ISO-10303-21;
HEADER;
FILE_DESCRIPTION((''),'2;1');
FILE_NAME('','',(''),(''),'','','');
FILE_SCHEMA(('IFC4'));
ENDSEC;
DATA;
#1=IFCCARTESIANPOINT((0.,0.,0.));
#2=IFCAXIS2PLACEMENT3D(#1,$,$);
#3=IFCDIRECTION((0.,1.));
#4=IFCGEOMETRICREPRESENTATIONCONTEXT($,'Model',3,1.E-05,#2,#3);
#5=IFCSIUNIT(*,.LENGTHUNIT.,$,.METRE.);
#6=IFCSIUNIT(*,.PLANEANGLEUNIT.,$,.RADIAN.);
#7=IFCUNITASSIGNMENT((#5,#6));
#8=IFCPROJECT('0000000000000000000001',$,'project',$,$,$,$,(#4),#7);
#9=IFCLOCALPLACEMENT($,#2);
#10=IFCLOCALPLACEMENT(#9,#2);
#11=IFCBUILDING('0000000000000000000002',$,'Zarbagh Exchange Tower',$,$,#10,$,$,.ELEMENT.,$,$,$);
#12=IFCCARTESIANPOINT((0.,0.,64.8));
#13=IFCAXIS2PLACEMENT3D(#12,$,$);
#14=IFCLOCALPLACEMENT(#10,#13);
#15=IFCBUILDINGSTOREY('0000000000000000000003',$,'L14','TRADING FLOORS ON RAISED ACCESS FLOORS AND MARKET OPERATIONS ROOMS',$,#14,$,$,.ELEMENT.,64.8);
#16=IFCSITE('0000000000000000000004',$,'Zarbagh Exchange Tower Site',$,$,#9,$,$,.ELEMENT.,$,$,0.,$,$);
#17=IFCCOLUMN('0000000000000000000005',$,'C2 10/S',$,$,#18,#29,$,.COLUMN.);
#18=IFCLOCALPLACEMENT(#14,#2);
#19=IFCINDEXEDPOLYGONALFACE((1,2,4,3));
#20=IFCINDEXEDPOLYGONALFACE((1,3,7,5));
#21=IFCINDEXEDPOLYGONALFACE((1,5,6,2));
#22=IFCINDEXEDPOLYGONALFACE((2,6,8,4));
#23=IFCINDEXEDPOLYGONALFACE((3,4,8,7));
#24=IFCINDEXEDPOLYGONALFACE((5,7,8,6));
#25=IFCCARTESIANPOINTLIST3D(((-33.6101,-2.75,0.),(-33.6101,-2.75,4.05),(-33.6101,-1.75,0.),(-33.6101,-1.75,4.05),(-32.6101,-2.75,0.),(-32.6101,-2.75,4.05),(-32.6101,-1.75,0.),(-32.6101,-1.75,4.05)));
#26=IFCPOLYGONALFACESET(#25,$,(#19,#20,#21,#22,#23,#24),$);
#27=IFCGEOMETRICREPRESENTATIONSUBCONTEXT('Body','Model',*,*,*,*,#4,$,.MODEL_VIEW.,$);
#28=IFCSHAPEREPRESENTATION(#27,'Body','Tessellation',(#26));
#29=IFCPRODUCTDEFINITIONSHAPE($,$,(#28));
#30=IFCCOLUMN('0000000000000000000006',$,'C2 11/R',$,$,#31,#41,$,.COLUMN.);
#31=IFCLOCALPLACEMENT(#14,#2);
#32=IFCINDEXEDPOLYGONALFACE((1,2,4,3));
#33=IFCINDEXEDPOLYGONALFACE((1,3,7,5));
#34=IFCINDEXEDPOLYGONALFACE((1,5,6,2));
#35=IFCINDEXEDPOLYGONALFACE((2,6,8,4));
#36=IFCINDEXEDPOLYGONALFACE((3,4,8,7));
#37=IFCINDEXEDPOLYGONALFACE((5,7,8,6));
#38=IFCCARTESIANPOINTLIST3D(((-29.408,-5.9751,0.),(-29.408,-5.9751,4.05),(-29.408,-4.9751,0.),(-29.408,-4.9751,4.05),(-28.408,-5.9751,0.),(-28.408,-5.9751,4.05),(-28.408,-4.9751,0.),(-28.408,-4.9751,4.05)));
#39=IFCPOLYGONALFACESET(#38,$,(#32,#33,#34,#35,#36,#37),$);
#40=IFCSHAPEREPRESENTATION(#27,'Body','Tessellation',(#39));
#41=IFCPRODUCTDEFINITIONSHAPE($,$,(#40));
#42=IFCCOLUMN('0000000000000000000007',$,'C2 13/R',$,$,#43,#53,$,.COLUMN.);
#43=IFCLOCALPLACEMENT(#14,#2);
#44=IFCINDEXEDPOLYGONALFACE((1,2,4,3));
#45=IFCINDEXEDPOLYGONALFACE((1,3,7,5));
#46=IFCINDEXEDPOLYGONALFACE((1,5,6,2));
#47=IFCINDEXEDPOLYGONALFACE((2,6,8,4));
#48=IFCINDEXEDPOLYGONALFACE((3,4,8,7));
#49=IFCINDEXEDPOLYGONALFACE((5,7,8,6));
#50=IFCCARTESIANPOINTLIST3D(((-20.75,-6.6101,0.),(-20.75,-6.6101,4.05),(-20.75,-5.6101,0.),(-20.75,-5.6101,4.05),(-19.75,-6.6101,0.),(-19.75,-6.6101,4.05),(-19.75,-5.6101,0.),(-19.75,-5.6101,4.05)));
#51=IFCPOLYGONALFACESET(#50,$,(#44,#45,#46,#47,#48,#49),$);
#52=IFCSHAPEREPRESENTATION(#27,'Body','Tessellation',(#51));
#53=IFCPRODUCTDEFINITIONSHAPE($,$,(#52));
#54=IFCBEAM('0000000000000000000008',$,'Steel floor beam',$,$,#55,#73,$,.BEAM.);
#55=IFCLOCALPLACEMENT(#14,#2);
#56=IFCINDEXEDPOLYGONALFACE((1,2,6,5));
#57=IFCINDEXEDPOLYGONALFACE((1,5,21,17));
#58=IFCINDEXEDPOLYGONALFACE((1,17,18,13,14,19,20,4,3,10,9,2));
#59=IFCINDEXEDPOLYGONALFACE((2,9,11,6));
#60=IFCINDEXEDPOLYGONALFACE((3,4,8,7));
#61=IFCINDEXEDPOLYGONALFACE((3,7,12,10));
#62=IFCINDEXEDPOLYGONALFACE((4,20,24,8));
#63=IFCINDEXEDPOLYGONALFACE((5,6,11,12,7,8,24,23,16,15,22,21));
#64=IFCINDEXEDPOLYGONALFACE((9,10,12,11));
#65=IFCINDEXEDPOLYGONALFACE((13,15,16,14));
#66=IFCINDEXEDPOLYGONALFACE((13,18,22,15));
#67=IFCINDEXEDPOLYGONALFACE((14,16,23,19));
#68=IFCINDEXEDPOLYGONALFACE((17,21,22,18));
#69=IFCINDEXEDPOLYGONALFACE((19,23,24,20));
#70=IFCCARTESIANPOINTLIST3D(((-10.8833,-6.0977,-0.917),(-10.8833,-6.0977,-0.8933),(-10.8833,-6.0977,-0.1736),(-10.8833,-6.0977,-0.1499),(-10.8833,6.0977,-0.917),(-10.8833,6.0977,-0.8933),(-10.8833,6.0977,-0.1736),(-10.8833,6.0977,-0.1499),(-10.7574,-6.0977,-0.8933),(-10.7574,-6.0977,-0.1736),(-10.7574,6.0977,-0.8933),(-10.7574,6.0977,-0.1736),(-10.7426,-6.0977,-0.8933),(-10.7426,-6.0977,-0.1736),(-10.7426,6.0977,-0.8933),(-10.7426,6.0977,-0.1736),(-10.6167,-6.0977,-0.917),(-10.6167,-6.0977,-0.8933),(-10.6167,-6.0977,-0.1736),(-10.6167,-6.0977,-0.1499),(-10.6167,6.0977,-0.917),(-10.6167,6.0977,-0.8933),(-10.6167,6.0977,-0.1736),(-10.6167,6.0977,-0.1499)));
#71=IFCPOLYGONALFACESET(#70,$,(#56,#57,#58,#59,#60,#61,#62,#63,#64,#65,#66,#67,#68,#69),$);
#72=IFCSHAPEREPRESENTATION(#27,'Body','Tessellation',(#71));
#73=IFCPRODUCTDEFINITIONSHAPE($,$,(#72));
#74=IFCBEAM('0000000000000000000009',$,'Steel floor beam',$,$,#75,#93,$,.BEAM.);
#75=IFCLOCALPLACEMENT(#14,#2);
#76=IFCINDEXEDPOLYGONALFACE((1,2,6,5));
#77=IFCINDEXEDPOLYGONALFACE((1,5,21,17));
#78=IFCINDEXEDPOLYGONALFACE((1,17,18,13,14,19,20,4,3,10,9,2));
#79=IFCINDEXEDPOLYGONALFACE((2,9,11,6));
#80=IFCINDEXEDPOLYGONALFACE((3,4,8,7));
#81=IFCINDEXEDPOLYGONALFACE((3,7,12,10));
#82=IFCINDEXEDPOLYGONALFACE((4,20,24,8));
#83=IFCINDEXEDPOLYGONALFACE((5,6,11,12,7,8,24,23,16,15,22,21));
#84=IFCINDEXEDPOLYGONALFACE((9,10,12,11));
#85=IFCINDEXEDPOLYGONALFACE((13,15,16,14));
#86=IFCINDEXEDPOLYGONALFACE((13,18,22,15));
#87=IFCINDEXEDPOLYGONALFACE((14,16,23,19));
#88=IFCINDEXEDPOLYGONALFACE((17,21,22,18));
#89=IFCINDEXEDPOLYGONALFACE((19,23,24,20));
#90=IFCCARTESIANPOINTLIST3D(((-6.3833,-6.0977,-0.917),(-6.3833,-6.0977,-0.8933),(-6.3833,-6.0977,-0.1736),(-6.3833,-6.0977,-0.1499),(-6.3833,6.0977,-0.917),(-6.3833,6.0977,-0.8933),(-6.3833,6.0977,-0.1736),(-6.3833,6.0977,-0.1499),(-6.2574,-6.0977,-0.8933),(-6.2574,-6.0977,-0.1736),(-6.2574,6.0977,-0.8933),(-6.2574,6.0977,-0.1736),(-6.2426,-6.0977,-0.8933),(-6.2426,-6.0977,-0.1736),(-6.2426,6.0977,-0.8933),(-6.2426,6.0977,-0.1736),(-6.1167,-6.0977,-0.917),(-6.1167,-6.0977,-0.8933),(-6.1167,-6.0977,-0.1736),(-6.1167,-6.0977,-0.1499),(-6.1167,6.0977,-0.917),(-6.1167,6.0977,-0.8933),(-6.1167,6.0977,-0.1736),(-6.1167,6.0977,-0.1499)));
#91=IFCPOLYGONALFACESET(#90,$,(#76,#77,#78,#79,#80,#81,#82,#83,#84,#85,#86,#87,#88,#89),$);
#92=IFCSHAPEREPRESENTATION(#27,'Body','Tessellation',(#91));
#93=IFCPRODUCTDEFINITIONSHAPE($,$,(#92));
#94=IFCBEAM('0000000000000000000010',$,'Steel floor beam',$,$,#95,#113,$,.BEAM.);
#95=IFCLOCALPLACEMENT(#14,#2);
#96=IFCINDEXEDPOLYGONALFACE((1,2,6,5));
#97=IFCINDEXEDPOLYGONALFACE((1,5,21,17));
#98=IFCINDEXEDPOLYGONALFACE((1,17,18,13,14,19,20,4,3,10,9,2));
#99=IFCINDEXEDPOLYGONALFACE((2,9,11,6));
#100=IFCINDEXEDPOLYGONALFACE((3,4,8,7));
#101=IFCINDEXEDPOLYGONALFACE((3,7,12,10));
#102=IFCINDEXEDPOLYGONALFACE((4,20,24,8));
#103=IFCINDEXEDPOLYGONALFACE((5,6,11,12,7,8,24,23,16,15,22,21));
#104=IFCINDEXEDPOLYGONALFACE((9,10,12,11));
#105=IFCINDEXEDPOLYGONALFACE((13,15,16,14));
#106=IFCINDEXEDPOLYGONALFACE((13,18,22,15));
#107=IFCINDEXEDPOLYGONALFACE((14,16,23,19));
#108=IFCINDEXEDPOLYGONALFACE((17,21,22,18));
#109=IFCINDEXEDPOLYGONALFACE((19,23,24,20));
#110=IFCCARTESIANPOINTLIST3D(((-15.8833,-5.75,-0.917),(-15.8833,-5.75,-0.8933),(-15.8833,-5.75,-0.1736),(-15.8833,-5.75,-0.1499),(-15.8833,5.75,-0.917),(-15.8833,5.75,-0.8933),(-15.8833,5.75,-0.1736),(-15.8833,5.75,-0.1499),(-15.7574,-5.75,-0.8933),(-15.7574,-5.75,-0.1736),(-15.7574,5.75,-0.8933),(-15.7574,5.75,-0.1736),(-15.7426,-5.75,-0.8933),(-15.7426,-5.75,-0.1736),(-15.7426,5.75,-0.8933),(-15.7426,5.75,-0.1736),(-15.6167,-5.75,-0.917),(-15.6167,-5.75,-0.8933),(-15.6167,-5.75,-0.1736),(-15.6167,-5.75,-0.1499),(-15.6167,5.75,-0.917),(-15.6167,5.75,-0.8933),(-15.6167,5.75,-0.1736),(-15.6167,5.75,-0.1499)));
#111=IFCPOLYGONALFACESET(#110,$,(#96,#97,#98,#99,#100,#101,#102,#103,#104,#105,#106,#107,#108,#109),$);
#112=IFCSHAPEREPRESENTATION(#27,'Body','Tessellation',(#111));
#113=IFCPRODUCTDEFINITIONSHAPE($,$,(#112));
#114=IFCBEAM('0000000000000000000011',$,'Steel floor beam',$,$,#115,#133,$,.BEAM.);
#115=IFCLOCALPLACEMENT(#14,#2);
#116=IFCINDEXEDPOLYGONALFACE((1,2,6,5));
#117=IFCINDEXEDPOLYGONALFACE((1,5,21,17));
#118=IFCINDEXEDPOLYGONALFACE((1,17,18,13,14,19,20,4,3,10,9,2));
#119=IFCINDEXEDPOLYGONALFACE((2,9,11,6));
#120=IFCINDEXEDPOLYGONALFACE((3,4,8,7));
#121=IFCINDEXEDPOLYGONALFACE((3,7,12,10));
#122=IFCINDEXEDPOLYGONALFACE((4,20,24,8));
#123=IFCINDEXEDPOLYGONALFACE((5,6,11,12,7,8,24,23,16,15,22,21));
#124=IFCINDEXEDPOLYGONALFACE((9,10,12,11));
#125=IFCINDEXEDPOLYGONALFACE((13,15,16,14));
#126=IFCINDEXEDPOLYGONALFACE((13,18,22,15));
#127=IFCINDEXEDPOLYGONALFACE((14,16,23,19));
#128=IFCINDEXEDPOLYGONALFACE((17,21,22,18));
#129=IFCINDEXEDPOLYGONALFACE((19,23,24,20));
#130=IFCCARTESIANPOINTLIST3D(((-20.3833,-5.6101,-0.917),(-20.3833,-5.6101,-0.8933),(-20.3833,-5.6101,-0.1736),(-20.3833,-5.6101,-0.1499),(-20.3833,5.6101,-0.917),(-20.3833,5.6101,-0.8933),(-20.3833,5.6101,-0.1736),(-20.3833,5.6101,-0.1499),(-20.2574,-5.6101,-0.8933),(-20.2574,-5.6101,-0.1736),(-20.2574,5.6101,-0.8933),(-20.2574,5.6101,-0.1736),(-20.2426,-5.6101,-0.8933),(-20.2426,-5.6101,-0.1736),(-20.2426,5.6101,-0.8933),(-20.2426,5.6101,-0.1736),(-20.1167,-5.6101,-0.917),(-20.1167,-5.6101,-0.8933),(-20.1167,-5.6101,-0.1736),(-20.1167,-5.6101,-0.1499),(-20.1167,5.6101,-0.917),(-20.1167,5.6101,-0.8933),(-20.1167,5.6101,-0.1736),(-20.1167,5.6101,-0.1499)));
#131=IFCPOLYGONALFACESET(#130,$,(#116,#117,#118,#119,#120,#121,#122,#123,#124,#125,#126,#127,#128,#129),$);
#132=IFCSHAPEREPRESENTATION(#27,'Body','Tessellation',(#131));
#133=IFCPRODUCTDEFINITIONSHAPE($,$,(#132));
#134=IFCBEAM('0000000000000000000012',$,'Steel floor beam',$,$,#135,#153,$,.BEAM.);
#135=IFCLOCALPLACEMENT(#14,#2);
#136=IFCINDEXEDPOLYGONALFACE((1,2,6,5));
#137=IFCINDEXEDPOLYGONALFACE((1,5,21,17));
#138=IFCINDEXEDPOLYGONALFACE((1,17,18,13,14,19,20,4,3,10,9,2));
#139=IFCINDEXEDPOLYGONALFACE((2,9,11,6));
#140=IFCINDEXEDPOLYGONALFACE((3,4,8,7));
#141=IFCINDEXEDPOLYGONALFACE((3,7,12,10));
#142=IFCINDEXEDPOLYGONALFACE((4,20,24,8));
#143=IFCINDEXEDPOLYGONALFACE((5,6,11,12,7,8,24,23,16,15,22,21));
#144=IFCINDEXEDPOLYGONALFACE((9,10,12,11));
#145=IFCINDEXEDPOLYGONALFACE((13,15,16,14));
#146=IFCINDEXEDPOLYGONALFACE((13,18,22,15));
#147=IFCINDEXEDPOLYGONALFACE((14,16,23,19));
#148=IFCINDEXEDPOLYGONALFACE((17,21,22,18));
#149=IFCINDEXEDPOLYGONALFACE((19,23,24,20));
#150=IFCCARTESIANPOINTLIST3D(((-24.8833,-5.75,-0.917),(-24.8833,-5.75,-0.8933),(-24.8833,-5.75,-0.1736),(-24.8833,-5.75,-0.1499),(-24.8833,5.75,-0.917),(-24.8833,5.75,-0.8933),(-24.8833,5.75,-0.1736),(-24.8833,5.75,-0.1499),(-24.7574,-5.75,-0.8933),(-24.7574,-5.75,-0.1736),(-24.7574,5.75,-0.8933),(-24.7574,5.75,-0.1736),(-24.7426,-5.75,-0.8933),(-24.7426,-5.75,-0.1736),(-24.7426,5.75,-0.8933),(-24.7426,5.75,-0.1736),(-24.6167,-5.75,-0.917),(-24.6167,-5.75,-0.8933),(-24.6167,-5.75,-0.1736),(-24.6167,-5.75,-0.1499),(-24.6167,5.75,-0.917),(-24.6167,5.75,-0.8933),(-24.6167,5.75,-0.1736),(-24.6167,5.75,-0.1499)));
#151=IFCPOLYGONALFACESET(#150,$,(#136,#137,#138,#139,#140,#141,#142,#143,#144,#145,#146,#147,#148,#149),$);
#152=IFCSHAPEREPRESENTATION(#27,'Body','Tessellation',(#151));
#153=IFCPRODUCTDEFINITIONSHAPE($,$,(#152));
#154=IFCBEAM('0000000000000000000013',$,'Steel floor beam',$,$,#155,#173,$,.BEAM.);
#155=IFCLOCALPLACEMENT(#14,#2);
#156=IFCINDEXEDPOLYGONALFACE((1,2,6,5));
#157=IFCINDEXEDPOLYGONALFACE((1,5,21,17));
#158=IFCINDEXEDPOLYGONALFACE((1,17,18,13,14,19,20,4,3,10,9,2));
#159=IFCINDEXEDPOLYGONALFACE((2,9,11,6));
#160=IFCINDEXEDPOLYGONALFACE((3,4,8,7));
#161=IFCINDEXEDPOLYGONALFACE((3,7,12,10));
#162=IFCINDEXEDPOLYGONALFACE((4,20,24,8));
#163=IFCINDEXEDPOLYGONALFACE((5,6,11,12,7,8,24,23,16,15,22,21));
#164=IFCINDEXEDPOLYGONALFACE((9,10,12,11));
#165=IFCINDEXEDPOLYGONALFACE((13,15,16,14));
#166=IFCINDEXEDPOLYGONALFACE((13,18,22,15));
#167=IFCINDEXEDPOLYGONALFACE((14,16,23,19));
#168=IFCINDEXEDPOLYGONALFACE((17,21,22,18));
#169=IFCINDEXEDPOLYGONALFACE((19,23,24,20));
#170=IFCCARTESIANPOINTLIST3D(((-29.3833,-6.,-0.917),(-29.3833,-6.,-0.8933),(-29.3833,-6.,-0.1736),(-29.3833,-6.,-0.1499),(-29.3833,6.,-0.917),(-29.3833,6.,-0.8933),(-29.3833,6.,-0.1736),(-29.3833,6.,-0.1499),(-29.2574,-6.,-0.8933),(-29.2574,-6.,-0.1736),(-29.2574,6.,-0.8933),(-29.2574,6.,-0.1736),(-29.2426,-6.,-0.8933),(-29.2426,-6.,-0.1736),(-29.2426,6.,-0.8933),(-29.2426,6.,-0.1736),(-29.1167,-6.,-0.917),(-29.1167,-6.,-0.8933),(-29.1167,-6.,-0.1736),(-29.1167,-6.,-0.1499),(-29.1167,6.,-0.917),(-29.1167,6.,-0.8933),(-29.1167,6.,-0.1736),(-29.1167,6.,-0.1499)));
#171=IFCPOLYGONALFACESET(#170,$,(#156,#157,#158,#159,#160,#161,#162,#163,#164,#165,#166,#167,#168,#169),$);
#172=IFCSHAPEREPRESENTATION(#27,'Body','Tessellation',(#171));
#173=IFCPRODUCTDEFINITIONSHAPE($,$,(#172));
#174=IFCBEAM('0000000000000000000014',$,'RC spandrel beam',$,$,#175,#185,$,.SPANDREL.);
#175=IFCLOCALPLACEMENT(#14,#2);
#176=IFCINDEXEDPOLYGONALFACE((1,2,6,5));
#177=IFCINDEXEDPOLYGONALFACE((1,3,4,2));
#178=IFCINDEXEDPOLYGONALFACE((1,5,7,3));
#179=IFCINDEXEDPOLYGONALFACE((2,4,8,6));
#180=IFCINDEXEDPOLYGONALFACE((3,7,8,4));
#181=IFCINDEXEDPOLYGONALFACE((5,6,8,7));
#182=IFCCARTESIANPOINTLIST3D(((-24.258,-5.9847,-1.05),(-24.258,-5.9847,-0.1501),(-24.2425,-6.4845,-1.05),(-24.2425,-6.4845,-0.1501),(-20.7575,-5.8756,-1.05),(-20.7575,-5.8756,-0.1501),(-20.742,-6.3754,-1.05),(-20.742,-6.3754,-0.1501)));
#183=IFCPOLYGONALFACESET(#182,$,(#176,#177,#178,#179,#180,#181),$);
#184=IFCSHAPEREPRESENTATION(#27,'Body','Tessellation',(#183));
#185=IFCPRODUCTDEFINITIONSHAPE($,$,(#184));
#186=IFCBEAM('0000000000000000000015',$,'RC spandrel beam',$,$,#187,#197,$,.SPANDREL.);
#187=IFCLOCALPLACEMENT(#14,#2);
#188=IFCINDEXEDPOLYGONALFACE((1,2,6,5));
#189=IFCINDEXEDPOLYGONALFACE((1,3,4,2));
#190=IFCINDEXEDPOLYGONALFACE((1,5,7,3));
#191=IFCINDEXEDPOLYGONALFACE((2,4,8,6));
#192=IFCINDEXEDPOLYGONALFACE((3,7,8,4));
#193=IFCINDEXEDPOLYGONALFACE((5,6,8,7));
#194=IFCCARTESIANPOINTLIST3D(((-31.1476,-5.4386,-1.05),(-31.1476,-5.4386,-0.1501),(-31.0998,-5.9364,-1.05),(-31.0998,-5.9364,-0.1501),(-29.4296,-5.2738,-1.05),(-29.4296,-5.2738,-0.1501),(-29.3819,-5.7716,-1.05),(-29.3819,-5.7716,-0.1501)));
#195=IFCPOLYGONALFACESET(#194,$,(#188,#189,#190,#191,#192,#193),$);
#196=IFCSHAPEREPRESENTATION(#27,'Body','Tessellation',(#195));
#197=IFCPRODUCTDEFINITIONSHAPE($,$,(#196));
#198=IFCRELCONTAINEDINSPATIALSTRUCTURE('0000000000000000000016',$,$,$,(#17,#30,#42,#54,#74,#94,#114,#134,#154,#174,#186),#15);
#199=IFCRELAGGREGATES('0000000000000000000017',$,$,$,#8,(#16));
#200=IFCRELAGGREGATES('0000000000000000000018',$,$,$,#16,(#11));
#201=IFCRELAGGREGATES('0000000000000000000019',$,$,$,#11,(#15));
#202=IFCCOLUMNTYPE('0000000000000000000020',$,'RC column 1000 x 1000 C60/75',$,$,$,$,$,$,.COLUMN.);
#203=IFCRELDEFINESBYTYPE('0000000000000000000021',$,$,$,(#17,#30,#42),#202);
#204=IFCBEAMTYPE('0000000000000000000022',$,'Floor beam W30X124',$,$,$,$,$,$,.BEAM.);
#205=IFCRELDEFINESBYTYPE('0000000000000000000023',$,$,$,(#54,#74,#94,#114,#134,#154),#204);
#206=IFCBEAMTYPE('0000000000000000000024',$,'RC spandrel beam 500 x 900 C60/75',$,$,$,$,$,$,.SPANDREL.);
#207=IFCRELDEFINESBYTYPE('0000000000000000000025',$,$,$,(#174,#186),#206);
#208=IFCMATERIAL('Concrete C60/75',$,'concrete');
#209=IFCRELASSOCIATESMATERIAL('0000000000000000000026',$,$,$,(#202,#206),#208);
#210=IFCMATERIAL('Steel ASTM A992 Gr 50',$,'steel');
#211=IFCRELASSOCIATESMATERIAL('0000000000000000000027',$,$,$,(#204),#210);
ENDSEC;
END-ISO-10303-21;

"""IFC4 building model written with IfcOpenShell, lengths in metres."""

from ifc_helpers import new_model, si_unit, direction, frame, origin, origin_2d, place, context, subcontext, project, spatial, rectangle, i_section, extrude, material, material_profile, profile_set, type_object, element, save


model = new_model("IFC4")

# Units and contexts
model_context = context("Model", 3, precision=1e-05, world=origin(), true_north=direction((0.0, 1.0)))
body_context = subcontext(model_context, "Body", "Model", "MODEL_VIEW")
ifc_project = project(units=[si_unit("LENGTHUNIT", "METRE"), si_unit("PLANEANGLEUNIT", "RADIAN")], contexts=[model_context])

# Site, building, storey
site_placement = place(None, origin())
site = spatial("IfcSite", under=ifc_project, at=site_placement, Name="Zarbagh Exchange Tower Site", CompositionType="ELEMENT", RefElevation=0.0)
building_placement = place(site_placement, origin())
building = spatial("IfcBuilding", under=site, at=building_placement, Name="Zarbagh Exchange Tower", CompositionType="ELEMENT")
storey_placement = place(building_placement, frame((0.0, 0.0, 64.8)))
storey = spatial("IfcBuildingStorey", under=building, at=storey_placement, Name="L14", Description="TRADING FLOORS ON RAISED ACCESS FLOORS AND MARKET OPERATIONS ROOMS", CompositionType="ELEMENT", Elevation=64.8)

# Columns
ifc_material_1 = material(Name="Concrete C60/75", Category="concrete")
ifc_material_profile_1 = material_profile(ifc_material_1, rectangle(XDim=1.0, YDim=1.0, at=origin_2d()), Name="RC column 1000 x 1000 C60/75")
ifc_profile_set_1 = profile_set([ifc_material_profile_1], Name="Concrete C60/75")
column_type = type_object("IfcColumnType", Name="RC column 1000 x 1000 C60/75", PredefinedType="COLUMN", material=ifc_profile_set_1)
for number, where, z_axis, x_axis, name in (
    (1, (-33.1101, -2.25, 0.0), (0.0, 0.0, 1.0), (1.0, 0.0, 0.0), "C2 10/S"),
    (2, (-28.908, -5.4751, 0.0), (0.0, 0.0, 1.0), (1.0, 0.0, 0.0), "C2 11/R"),
    (3, (-20.25, -6.1101, 0.0), (0.0, 0.0, 1.0), (1.0, 0.0, 0.0), "C2 13/R"),
):
    element("IfcColumn", number, at=place(storey_placement, frame(where, z_axis=z_axis, x_axis=x_axis)), inside=storey, type_object=column_type, Name=name, PredefinedType="COLUMN", context=body_context, shape_type="SweptSolid", body=[
        extrude(rectangle(XDim=1.0, YDim=1.0, at=origin_2d()), origin(), (0.0, 0.0, 1.0), 4.05),
    ])

# Beams
ifc_material_2 = material(Name="Steel ASTM A992 Gr 50", Category="steel")
ifc_material_profile_2 = material_profile(ifc_material_2, i_section(OverallWidth=0.2666, OverallDepth=0.7671, WebThickness=0.0149, FlangeThickness=0.0237, at=origin_2d()), Name="W30X124")
ifc_profile_set_2 = profile_set([ifc_material_profile_2], Name="Steel ASTM A992 Gr 50")
beam_type_1 = type_object("IfcBeamType", Name="Floor beam W30X124", PredefinedType="BEAM", material=ifc_profile_set_2)
for number, where, z_axis, x_axis, name in (
    (4, (-10.75, -6.0977, -0.5334), (0.0, 1.0, 0.0), (-1.0, 0.0, 0.0), "Steel floor beam"),
    (5, (-6.25, -6.0977, -0.5334), (0.0, 1.0, 0.0), (-1.0, 0.0, 0.0), "Steel floor beam"),
):
    element("IfcBeam", number, at=place(storey_placement, frame(where, z_axis=z_axis, x_axis=x_axis)), inside=storey, type_object=beam_type_1, Name=name, PredefinedType="BEAM", context=body_context, shape_type="SweptSolid", body=[
        extrude(i_section(OverallWidth=0.2666, OverallDepth=0.7671, WebThickness=0.0149, FlangeThickness=0.0237, at=origin_2d()), origin(), (0.0, 0.0, 1.0), 12.1953),
    ])
beam_1_placement = place(storey_placement, frame((-15.75, -5.75, -0.5334), z_axis=(0.0, 1.0, 0.0), x_axis=(-1.0, 0.0, 0.0)))
element("IfcBeam", 6, at=beam_1_placement, inside=storey, type_object=beam_type_1, Name="Steel floor beam", PredefinedType="BEAM", context=body_context, shape_type="SweptSolid", body=[
    extrude(i_section(OverallWidth=0.2666, OverallDepth=0.7671, WebThickness=0.0149, FlangeThickness=0.0237, at=origin_2d()), origin(), (0.0, 0.0, 1.0), 11.5),
])
beam_2_placement = place(storey_placement, frame((-20.25, -5.6101, -0.5334), z_axis=(0.0, 1.0, 0.0), x_axis=(-1.0, 0.0, 0.0)))
element("IfcBeam", 7, at=beam_2_placement, inside=storey, type_object=beam_type_1, Name="Steel floor beam", PredefinedType="BEAM", context=body_context, shape_type="SweptSolid", body=[
    extrude(i_section(OverallWidth=0.2666, OverallDepth=0.7671, WebThickness=0.0149, FlangeThickness=0.0237, at=origin_2d()), origin(), (0.0, 0.0, 1.0), 11.2202),
])
beam_3_placement = place(storey_placement, frame((-24.75, -5.75, -0.5334), z_axis=(0.0, 1.0, 0.0), x_axis=(-1.0, 0.0, 0.0)))
element("IfcBeam", 8, at=beam_3_placement, inside=storey, type_object=beam_type_1, Name="Steel floor beam", PredefinedType="BEAM", context=body_context, shape_type="SweptSolid", body=[
    extrude(i_section(OverallWidth=0.2666, OverallDepth=0.7671, WebThickness=0.0149, FlangeThickness=0.0237, at=origin_2d()), origin(), (0.0, 0.0, 1.0), 11.5),
])
beam_4_placement = place(storey_placement, frame((-29.25, -6.0, -0.5334), z_axis=(0.0, 1.0, 0.0), x_axis=(-1.0, 0.0, 0.0)))
element("IfcBeam", 9, at=beam_4_placement, inside=storey, type_object=beam_type_1, Name="Steel floor beam", PredefinedType="BEAM", context=body_context, shape_type="SweptSolid", body=[
    extrude(i_section(OverallWidth=0.2666, OverallDepth=0.7671, WebThickness=0.0149, FlangeThickness=0.0237, at=origin_2d()), origin(), (0.0, 0.0, 1.0), 12.0),
])
ifc_material_profile_3 = material_profile(ifc_material_1, rectangle(XDim=0.5, YDim=0.8999, at=origin_2d()), Name="RC spandrel beam 500 x 900 C60/75")
ifc_profile_set_3 = profile_set([ifc_material_profile_3], Name="Concrete C60/75")
beam_type_2 = type_object("IfcBeamType", Name="RC spandrel beam 500 x 900 C60/75", PredefinedType="SPANDREL", material=ifc_profile_set_3)
beam_5_placement = place(storey_placement, frame((-20.7498, -6.1255, -0.6001), z_axis=(-0.999514, -0.031161, 0.0), x_axis=(0.031161, -0.999514, 0.0)))
element("IfcBeam", 10, at=beam_5_placement, inside=storey, type_object=beam_type_2, Name="RC spandrel beam", PredefinedType="SPANDREL", context=body_context, shape_type="SweptSolid", body=[
    extrude(rectangle(XDim=0.5, YDim=0.8999, at=origin_2d()), origin(), (0.0, 0.0, 1.0), 3.5022),
])
beam_6_placement = place(storey_placement, frame((-29.4058, -5.5227, -0.6001), z_axis=(-0.995431, -0.095483, 0.0), x_axis=(0.095483, -0.995431, 0.0)))
element("IfcBeam", 11, at=beam_6_placement, inside=storey, type_object=beam_type_2, Name="RC spandrel beam", PredefinedType="SPANDREL", context=body_context, shape_type="SweptSolid", body=[
    extrude(rectangle(XDim=0.5, YDim=0.8999, at=origin_2d()), origin(), (0.0, 0.0, 1.0), 1.7258),
])

save(model, "model.ifc")
